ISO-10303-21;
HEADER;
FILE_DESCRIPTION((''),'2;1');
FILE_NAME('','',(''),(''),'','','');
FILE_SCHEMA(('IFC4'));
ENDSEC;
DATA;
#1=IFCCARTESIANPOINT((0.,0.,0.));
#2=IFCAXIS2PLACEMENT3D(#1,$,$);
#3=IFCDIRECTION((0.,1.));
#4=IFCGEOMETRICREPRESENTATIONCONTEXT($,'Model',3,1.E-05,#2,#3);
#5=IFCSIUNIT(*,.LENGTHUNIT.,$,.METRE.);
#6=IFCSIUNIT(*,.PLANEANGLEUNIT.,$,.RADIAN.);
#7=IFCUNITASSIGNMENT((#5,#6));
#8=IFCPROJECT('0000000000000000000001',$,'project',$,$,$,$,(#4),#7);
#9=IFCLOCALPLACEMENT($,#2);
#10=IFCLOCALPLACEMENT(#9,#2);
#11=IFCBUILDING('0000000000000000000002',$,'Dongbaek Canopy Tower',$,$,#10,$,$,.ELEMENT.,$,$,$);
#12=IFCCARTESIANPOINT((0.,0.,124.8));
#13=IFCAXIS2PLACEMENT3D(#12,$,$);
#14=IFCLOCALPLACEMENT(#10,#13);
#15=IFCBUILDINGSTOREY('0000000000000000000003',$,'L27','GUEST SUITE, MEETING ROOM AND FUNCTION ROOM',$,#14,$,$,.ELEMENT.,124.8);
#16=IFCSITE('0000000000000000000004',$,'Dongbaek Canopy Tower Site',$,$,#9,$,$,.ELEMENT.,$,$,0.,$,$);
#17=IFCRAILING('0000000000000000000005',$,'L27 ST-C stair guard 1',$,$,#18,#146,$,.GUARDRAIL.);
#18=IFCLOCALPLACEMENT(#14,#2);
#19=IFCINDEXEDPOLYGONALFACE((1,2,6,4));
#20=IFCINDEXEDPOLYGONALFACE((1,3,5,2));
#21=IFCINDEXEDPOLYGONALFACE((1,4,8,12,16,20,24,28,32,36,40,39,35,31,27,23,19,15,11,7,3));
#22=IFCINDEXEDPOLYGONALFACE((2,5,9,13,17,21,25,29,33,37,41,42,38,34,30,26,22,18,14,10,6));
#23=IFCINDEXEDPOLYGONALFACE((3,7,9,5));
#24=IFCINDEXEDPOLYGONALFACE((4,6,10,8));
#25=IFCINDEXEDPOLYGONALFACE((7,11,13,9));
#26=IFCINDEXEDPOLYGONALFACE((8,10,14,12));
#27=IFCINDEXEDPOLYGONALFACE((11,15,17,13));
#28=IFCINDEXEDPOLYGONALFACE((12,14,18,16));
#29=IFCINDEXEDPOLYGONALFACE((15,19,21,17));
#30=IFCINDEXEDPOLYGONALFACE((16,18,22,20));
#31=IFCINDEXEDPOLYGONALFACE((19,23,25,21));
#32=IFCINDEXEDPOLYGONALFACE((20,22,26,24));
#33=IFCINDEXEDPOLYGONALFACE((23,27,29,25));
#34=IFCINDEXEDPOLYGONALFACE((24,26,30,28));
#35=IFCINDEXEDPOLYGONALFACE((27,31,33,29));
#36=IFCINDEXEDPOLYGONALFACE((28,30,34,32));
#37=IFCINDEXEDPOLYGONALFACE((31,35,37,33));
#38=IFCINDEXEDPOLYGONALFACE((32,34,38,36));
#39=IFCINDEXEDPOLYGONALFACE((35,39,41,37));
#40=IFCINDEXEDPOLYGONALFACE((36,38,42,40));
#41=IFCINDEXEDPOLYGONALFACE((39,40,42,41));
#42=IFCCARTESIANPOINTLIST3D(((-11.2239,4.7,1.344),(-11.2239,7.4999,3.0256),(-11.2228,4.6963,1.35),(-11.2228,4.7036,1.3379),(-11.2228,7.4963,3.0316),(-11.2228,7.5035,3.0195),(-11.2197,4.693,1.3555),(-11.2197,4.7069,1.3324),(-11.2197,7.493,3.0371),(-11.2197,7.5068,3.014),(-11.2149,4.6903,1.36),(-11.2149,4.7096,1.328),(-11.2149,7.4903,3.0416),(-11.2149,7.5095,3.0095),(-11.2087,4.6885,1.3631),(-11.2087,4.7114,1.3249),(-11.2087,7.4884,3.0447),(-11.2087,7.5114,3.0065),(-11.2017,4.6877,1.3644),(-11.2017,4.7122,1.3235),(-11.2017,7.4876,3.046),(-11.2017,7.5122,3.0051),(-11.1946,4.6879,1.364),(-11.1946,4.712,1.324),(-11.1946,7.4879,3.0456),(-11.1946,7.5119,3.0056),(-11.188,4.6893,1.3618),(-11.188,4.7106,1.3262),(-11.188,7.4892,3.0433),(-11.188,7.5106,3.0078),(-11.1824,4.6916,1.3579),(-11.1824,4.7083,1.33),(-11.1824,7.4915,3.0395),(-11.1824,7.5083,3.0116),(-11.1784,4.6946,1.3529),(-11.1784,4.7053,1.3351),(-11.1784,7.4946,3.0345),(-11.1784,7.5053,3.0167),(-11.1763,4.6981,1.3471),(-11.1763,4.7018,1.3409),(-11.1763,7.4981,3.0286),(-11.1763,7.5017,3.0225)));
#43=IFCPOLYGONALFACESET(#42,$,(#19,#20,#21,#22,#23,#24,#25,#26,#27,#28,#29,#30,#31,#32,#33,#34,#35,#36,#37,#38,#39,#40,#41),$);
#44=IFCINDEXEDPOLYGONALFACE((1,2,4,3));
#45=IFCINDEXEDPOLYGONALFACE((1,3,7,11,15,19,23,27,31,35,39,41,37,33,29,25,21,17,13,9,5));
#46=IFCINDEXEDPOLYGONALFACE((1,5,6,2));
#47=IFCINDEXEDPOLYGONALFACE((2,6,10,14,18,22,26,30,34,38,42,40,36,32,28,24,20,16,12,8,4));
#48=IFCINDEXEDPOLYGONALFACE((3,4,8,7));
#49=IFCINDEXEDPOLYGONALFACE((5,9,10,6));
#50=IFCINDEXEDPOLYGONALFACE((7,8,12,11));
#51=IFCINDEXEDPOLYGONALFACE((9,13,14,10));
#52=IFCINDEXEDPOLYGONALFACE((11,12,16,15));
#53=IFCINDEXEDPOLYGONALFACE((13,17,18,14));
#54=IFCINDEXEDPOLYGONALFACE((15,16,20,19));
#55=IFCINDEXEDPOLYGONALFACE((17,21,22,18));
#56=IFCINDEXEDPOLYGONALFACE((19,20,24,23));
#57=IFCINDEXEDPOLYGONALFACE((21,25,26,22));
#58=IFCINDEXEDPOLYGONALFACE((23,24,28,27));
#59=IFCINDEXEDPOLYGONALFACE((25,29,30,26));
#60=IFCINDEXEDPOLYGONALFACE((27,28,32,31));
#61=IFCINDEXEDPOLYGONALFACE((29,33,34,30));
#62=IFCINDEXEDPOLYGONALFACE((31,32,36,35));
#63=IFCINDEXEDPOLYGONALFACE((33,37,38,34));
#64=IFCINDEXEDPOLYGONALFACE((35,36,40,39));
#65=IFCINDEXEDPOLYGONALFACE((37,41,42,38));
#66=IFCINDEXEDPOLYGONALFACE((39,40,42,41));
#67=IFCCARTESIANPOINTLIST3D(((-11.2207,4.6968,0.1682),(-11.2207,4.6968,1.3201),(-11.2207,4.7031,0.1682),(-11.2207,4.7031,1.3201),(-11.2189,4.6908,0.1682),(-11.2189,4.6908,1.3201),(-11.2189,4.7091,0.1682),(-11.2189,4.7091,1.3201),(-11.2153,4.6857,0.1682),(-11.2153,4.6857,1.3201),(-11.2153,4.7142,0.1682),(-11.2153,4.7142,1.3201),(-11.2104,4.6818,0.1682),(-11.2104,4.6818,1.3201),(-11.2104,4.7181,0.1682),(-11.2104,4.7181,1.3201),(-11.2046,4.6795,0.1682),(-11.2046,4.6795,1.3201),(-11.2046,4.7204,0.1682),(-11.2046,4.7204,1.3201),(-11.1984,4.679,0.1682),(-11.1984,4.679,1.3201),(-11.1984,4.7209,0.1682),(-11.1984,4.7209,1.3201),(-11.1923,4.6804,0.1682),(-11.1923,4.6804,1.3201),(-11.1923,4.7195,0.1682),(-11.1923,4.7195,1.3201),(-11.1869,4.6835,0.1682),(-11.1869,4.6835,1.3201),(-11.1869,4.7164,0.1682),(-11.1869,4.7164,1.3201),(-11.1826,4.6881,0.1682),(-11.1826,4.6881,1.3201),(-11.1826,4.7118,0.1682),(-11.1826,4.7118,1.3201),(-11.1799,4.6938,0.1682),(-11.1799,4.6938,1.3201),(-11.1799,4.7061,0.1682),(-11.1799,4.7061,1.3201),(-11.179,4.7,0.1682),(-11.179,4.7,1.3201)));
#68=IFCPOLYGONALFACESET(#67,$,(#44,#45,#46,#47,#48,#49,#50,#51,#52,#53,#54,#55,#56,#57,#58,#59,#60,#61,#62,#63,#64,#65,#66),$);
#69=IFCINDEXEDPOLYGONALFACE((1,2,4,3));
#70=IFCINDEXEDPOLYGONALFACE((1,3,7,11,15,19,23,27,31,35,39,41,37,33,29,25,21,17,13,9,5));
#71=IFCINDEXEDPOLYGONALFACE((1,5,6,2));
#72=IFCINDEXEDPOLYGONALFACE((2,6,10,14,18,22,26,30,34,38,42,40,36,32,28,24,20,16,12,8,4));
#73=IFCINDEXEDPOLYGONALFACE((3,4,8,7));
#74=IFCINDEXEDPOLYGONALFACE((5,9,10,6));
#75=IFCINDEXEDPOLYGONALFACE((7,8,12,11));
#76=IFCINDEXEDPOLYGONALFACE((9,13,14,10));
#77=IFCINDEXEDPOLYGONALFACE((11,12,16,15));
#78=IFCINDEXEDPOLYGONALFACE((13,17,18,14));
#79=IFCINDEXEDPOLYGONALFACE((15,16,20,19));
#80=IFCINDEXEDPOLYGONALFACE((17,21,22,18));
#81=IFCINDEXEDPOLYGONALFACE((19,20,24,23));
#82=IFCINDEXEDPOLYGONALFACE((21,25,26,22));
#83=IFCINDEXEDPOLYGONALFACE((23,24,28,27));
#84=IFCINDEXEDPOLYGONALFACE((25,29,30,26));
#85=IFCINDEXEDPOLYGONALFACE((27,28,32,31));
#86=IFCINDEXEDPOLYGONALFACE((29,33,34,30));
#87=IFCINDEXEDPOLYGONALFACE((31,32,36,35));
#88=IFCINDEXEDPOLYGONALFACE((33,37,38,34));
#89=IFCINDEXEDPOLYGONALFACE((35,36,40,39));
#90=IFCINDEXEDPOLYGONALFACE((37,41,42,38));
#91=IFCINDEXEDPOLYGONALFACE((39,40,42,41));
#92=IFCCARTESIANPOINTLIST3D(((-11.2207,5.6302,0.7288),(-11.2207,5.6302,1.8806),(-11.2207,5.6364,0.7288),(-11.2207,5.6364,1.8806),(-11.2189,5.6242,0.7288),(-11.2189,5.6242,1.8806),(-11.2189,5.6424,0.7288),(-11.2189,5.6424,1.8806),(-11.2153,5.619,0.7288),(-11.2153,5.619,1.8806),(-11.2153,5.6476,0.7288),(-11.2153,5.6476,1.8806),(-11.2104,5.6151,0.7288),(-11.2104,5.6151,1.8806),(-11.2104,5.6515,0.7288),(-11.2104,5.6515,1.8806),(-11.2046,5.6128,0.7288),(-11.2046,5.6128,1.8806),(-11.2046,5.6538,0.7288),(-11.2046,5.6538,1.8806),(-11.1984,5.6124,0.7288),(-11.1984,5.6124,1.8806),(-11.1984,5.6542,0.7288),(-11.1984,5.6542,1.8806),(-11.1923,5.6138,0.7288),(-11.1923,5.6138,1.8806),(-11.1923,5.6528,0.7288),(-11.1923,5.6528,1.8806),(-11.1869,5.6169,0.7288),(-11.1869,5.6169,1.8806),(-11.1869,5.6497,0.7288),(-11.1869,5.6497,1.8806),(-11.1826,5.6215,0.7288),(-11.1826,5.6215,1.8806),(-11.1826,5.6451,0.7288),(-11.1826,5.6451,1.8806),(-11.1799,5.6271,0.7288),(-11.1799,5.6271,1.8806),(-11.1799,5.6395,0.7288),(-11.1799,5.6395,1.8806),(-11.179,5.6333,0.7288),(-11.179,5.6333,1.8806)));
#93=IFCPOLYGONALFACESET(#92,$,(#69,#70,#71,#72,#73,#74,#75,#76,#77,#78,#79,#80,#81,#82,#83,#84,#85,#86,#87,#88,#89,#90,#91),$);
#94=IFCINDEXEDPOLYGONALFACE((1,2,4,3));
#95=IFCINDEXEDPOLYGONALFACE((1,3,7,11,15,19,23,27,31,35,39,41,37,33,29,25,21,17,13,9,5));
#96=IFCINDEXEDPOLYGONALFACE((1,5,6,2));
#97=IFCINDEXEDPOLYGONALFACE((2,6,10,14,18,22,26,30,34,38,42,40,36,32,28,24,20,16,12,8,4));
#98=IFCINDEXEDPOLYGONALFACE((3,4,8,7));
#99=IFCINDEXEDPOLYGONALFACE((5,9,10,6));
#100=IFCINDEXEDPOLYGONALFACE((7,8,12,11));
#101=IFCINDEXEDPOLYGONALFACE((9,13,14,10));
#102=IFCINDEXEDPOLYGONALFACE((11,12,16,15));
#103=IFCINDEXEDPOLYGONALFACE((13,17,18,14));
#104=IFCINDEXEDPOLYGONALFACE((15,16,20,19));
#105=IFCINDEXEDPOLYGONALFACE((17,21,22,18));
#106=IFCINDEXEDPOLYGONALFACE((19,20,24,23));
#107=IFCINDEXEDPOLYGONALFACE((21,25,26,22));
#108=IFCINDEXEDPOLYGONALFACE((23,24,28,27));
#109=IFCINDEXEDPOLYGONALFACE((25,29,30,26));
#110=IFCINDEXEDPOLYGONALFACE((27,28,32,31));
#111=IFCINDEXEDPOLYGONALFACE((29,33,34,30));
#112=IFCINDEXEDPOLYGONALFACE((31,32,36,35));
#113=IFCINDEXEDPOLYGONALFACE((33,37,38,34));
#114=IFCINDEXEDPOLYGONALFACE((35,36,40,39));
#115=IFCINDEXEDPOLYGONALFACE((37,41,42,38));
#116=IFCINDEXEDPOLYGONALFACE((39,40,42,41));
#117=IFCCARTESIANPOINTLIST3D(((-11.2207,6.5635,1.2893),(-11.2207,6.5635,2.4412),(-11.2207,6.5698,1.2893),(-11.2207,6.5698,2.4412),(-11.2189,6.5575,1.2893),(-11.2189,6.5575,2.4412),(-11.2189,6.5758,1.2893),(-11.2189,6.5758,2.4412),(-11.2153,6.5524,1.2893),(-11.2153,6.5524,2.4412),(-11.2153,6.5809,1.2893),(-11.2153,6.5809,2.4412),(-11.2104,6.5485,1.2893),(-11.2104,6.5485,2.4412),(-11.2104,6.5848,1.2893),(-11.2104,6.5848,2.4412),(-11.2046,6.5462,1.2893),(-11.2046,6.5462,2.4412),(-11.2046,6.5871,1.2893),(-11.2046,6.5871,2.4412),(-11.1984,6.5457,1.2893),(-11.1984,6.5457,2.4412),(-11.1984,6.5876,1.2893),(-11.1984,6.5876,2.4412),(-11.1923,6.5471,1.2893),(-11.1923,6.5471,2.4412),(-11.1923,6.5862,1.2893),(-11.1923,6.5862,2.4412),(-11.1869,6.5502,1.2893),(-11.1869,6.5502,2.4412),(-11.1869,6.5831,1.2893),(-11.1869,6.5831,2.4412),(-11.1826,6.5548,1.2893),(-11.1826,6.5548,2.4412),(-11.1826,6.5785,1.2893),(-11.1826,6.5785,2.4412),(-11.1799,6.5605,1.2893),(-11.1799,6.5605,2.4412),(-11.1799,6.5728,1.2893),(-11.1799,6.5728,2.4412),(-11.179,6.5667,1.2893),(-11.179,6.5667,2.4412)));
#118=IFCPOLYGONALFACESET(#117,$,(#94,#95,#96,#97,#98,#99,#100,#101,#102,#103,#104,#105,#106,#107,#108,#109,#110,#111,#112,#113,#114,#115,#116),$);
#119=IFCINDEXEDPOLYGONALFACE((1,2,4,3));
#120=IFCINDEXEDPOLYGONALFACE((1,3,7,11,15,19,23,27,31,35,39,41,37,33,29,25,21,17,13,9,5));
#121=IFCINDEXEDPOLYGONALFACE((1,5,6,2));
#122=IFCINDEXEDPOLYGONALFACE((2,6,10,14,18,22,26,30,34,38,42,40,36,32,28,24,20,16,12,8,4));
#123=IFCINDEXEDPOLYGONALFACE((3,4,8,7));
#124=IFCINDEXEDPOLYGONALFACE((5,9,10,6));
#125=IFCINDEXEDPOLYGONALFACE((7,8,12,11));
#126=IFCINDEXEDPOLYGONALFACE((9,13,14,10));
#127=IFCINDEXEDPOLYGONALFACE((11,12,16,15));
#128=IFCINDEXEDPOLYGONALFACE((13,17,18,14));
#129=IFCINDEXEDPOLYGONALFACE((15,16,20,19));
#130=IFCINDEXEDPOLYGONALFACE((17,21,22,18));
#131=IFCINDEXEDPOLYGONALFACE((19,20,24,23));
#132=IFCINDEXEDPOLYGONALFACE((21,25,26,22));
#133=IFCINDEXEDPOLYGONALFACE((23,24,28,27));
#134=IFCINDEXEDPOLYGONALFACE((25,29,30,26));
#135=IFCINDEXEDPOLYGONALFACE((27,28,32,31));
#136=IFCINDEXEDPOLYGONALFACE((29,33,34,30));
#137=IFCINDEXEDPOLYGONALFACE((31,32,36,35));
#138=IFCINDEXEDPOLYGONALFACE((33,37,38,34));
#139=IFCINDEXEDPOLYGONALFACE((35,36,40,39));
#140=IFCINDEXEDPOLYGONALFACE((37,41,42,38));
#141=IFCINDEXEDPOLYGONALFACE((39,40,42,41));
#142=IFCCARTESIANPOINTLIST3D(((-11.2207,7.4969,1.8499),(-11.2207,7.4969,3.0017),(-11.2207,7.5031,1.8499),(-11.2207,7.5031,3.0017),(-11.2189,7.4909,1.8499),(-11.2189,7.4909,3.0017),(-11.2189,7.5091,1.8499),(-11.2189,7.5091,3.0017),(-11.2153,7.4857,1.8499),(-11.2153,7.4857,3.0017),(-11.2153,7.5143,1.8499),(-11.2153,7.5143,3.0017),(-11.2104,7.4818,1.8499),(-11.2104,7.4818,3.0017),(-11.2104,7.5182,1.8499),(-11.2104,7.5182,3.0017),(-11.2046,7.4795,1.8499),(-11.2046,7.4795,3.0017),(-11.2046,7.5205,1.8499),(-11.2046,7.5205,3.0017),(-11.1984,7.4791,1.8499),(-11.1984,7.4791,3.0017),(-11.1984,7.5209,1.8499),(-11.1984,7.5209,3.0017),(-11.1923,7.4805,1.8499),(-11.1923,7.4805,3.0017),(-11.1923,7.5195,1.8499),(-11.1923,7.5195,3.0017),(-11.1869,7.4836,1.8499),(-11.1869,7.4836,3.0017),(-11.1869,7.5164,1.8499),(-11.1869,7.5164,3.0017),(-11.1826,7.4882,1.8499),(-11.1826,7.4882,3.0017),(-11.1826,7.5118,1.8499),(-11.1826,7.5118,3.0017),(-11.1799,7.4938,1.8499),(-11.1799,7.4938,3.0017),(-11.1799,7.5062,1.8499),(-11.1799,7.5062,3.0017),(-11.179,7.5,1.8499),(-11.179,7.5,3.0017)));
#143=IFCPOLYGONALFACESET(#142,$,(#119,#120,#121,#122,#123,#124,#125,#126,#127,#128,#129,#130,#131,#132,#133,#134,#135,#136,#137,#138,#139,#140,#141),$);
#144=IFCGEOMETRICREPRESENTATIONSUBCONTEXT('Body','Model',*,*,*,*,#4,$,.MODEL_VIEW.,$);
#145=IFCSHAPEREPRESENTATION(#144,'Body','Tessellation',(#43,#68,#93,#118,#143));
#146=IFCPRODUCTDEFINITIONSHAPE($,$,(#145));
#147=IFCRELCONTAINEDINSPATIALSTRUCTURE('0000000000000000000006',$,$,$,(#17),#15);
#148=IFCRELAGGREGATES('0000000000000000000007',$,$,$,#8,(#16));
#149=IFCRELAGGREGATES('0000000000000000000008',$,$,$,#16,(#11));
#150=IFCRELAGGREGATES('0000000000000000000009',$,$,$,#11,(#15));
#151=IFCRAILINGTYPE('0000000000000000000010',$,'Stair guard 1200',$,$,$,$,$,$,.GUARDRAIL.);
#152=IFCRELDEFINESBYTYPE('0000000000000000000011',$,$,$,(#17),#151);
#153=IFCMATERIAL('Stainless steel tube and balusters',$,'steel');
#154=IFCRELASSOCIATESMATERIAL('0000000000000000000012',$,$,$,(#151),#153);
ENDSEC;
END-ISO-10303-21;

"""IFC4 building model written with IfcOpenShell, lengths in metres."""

from ifc_helpers import new_model, si_unit, direction, frame, origin, origin_2d, place, context, subcontext, project, spatial, circle, extrude, material, type_object, element, save


model = new_model("IFC4")

# Units and contexts
model_context = context("Model", 3, precision=1e-05, world=origin(), true_north=direction((0.0, 1.0)))
body_context = subcontext(model_context, "Body", "Model", "MODEL_VIEW")
ifc_project = project(units=[si_unit("LENGTHUNIT", "METRE"), si_unit("PLANEANGLEUNIT", "RADIAN")], contexts=[model_context])

# Site, building, storey
site_placement = place(None, origin())
site = spatial("IfcSite", under=ifc_project, at=site_placement, Name="Dongbaek Canopy Tower Site", CompositionType="ELEMENT", RefElevation=0.0)
building_placement = place(site_placement, origin())
building = spatial("IfcBuilding", under=site, at=building_placement, Name="Dongbaek Canopy Tower", CompositionType="ELEMENT")
storey_placement = place(building_placement, frame((0.0, 0.0, 124.8)))
storey = spatial("IfcBuildingStorey", under=building, at=storey_placement, Name="L27", Description="GUEST SUITE, MEETING ROOM AND FUNCTION ROOM", CompositionType="ELEMENT", Elevation=124.8)

# Railing
ifc_material_1 = material(Name="Stainless steel tube and balusters", Category="steel")
railing_type_1 = type_object("IfcRailingType", Name="Stair guard 1200", PredefinedType="GUARDRAIL", material=ifc_material_1)
railing_1_placement = place(storey_placement, frame((-11.2, 4.7, 0.1682)))
element("IfcRailing", 1, at=railing_1_placement, inside=storey, type_object=railing_type_1, Name="L27 ST-C stair guard 1", PredefinedType="GUARDRAIL", context=body_context, shape_type="SweptSolid", body=[
    extrude(circle(Radius=0.0239, at=origin_2d()), frame((0.0, 0.0, 1.1758), z_axis=(0.0, 0.857275, 0.514858), x_axis=(-1.0, 0.0, 0.0)), (0.0, 0.0, 1.0), 3.2661),
    extrude(circle(Radius=0.021, at=origin_2d()), origin(), (0.0, 0.0, 1.0), 1.1519),
    extrude(circle(Radius=0.021, at=origin_2d()), frame((0.0, 0.9333, 0.5605)), (0.0, 0.0, 1.0), 1.1519),
    extrude(circle(Radius=0.021, at=origin_2d()), frame((0.0, 1.8667, 1.1211)), (0.0, 0.0, 1.0), 1.1519),
    extrude(circle(Radius=0.021, at=origin_2d()), frame((0.0, 2.8, 1.6816)), (0.0, 0.0, 1.0), 1.1519),
])

save(model, "model.ifc")
